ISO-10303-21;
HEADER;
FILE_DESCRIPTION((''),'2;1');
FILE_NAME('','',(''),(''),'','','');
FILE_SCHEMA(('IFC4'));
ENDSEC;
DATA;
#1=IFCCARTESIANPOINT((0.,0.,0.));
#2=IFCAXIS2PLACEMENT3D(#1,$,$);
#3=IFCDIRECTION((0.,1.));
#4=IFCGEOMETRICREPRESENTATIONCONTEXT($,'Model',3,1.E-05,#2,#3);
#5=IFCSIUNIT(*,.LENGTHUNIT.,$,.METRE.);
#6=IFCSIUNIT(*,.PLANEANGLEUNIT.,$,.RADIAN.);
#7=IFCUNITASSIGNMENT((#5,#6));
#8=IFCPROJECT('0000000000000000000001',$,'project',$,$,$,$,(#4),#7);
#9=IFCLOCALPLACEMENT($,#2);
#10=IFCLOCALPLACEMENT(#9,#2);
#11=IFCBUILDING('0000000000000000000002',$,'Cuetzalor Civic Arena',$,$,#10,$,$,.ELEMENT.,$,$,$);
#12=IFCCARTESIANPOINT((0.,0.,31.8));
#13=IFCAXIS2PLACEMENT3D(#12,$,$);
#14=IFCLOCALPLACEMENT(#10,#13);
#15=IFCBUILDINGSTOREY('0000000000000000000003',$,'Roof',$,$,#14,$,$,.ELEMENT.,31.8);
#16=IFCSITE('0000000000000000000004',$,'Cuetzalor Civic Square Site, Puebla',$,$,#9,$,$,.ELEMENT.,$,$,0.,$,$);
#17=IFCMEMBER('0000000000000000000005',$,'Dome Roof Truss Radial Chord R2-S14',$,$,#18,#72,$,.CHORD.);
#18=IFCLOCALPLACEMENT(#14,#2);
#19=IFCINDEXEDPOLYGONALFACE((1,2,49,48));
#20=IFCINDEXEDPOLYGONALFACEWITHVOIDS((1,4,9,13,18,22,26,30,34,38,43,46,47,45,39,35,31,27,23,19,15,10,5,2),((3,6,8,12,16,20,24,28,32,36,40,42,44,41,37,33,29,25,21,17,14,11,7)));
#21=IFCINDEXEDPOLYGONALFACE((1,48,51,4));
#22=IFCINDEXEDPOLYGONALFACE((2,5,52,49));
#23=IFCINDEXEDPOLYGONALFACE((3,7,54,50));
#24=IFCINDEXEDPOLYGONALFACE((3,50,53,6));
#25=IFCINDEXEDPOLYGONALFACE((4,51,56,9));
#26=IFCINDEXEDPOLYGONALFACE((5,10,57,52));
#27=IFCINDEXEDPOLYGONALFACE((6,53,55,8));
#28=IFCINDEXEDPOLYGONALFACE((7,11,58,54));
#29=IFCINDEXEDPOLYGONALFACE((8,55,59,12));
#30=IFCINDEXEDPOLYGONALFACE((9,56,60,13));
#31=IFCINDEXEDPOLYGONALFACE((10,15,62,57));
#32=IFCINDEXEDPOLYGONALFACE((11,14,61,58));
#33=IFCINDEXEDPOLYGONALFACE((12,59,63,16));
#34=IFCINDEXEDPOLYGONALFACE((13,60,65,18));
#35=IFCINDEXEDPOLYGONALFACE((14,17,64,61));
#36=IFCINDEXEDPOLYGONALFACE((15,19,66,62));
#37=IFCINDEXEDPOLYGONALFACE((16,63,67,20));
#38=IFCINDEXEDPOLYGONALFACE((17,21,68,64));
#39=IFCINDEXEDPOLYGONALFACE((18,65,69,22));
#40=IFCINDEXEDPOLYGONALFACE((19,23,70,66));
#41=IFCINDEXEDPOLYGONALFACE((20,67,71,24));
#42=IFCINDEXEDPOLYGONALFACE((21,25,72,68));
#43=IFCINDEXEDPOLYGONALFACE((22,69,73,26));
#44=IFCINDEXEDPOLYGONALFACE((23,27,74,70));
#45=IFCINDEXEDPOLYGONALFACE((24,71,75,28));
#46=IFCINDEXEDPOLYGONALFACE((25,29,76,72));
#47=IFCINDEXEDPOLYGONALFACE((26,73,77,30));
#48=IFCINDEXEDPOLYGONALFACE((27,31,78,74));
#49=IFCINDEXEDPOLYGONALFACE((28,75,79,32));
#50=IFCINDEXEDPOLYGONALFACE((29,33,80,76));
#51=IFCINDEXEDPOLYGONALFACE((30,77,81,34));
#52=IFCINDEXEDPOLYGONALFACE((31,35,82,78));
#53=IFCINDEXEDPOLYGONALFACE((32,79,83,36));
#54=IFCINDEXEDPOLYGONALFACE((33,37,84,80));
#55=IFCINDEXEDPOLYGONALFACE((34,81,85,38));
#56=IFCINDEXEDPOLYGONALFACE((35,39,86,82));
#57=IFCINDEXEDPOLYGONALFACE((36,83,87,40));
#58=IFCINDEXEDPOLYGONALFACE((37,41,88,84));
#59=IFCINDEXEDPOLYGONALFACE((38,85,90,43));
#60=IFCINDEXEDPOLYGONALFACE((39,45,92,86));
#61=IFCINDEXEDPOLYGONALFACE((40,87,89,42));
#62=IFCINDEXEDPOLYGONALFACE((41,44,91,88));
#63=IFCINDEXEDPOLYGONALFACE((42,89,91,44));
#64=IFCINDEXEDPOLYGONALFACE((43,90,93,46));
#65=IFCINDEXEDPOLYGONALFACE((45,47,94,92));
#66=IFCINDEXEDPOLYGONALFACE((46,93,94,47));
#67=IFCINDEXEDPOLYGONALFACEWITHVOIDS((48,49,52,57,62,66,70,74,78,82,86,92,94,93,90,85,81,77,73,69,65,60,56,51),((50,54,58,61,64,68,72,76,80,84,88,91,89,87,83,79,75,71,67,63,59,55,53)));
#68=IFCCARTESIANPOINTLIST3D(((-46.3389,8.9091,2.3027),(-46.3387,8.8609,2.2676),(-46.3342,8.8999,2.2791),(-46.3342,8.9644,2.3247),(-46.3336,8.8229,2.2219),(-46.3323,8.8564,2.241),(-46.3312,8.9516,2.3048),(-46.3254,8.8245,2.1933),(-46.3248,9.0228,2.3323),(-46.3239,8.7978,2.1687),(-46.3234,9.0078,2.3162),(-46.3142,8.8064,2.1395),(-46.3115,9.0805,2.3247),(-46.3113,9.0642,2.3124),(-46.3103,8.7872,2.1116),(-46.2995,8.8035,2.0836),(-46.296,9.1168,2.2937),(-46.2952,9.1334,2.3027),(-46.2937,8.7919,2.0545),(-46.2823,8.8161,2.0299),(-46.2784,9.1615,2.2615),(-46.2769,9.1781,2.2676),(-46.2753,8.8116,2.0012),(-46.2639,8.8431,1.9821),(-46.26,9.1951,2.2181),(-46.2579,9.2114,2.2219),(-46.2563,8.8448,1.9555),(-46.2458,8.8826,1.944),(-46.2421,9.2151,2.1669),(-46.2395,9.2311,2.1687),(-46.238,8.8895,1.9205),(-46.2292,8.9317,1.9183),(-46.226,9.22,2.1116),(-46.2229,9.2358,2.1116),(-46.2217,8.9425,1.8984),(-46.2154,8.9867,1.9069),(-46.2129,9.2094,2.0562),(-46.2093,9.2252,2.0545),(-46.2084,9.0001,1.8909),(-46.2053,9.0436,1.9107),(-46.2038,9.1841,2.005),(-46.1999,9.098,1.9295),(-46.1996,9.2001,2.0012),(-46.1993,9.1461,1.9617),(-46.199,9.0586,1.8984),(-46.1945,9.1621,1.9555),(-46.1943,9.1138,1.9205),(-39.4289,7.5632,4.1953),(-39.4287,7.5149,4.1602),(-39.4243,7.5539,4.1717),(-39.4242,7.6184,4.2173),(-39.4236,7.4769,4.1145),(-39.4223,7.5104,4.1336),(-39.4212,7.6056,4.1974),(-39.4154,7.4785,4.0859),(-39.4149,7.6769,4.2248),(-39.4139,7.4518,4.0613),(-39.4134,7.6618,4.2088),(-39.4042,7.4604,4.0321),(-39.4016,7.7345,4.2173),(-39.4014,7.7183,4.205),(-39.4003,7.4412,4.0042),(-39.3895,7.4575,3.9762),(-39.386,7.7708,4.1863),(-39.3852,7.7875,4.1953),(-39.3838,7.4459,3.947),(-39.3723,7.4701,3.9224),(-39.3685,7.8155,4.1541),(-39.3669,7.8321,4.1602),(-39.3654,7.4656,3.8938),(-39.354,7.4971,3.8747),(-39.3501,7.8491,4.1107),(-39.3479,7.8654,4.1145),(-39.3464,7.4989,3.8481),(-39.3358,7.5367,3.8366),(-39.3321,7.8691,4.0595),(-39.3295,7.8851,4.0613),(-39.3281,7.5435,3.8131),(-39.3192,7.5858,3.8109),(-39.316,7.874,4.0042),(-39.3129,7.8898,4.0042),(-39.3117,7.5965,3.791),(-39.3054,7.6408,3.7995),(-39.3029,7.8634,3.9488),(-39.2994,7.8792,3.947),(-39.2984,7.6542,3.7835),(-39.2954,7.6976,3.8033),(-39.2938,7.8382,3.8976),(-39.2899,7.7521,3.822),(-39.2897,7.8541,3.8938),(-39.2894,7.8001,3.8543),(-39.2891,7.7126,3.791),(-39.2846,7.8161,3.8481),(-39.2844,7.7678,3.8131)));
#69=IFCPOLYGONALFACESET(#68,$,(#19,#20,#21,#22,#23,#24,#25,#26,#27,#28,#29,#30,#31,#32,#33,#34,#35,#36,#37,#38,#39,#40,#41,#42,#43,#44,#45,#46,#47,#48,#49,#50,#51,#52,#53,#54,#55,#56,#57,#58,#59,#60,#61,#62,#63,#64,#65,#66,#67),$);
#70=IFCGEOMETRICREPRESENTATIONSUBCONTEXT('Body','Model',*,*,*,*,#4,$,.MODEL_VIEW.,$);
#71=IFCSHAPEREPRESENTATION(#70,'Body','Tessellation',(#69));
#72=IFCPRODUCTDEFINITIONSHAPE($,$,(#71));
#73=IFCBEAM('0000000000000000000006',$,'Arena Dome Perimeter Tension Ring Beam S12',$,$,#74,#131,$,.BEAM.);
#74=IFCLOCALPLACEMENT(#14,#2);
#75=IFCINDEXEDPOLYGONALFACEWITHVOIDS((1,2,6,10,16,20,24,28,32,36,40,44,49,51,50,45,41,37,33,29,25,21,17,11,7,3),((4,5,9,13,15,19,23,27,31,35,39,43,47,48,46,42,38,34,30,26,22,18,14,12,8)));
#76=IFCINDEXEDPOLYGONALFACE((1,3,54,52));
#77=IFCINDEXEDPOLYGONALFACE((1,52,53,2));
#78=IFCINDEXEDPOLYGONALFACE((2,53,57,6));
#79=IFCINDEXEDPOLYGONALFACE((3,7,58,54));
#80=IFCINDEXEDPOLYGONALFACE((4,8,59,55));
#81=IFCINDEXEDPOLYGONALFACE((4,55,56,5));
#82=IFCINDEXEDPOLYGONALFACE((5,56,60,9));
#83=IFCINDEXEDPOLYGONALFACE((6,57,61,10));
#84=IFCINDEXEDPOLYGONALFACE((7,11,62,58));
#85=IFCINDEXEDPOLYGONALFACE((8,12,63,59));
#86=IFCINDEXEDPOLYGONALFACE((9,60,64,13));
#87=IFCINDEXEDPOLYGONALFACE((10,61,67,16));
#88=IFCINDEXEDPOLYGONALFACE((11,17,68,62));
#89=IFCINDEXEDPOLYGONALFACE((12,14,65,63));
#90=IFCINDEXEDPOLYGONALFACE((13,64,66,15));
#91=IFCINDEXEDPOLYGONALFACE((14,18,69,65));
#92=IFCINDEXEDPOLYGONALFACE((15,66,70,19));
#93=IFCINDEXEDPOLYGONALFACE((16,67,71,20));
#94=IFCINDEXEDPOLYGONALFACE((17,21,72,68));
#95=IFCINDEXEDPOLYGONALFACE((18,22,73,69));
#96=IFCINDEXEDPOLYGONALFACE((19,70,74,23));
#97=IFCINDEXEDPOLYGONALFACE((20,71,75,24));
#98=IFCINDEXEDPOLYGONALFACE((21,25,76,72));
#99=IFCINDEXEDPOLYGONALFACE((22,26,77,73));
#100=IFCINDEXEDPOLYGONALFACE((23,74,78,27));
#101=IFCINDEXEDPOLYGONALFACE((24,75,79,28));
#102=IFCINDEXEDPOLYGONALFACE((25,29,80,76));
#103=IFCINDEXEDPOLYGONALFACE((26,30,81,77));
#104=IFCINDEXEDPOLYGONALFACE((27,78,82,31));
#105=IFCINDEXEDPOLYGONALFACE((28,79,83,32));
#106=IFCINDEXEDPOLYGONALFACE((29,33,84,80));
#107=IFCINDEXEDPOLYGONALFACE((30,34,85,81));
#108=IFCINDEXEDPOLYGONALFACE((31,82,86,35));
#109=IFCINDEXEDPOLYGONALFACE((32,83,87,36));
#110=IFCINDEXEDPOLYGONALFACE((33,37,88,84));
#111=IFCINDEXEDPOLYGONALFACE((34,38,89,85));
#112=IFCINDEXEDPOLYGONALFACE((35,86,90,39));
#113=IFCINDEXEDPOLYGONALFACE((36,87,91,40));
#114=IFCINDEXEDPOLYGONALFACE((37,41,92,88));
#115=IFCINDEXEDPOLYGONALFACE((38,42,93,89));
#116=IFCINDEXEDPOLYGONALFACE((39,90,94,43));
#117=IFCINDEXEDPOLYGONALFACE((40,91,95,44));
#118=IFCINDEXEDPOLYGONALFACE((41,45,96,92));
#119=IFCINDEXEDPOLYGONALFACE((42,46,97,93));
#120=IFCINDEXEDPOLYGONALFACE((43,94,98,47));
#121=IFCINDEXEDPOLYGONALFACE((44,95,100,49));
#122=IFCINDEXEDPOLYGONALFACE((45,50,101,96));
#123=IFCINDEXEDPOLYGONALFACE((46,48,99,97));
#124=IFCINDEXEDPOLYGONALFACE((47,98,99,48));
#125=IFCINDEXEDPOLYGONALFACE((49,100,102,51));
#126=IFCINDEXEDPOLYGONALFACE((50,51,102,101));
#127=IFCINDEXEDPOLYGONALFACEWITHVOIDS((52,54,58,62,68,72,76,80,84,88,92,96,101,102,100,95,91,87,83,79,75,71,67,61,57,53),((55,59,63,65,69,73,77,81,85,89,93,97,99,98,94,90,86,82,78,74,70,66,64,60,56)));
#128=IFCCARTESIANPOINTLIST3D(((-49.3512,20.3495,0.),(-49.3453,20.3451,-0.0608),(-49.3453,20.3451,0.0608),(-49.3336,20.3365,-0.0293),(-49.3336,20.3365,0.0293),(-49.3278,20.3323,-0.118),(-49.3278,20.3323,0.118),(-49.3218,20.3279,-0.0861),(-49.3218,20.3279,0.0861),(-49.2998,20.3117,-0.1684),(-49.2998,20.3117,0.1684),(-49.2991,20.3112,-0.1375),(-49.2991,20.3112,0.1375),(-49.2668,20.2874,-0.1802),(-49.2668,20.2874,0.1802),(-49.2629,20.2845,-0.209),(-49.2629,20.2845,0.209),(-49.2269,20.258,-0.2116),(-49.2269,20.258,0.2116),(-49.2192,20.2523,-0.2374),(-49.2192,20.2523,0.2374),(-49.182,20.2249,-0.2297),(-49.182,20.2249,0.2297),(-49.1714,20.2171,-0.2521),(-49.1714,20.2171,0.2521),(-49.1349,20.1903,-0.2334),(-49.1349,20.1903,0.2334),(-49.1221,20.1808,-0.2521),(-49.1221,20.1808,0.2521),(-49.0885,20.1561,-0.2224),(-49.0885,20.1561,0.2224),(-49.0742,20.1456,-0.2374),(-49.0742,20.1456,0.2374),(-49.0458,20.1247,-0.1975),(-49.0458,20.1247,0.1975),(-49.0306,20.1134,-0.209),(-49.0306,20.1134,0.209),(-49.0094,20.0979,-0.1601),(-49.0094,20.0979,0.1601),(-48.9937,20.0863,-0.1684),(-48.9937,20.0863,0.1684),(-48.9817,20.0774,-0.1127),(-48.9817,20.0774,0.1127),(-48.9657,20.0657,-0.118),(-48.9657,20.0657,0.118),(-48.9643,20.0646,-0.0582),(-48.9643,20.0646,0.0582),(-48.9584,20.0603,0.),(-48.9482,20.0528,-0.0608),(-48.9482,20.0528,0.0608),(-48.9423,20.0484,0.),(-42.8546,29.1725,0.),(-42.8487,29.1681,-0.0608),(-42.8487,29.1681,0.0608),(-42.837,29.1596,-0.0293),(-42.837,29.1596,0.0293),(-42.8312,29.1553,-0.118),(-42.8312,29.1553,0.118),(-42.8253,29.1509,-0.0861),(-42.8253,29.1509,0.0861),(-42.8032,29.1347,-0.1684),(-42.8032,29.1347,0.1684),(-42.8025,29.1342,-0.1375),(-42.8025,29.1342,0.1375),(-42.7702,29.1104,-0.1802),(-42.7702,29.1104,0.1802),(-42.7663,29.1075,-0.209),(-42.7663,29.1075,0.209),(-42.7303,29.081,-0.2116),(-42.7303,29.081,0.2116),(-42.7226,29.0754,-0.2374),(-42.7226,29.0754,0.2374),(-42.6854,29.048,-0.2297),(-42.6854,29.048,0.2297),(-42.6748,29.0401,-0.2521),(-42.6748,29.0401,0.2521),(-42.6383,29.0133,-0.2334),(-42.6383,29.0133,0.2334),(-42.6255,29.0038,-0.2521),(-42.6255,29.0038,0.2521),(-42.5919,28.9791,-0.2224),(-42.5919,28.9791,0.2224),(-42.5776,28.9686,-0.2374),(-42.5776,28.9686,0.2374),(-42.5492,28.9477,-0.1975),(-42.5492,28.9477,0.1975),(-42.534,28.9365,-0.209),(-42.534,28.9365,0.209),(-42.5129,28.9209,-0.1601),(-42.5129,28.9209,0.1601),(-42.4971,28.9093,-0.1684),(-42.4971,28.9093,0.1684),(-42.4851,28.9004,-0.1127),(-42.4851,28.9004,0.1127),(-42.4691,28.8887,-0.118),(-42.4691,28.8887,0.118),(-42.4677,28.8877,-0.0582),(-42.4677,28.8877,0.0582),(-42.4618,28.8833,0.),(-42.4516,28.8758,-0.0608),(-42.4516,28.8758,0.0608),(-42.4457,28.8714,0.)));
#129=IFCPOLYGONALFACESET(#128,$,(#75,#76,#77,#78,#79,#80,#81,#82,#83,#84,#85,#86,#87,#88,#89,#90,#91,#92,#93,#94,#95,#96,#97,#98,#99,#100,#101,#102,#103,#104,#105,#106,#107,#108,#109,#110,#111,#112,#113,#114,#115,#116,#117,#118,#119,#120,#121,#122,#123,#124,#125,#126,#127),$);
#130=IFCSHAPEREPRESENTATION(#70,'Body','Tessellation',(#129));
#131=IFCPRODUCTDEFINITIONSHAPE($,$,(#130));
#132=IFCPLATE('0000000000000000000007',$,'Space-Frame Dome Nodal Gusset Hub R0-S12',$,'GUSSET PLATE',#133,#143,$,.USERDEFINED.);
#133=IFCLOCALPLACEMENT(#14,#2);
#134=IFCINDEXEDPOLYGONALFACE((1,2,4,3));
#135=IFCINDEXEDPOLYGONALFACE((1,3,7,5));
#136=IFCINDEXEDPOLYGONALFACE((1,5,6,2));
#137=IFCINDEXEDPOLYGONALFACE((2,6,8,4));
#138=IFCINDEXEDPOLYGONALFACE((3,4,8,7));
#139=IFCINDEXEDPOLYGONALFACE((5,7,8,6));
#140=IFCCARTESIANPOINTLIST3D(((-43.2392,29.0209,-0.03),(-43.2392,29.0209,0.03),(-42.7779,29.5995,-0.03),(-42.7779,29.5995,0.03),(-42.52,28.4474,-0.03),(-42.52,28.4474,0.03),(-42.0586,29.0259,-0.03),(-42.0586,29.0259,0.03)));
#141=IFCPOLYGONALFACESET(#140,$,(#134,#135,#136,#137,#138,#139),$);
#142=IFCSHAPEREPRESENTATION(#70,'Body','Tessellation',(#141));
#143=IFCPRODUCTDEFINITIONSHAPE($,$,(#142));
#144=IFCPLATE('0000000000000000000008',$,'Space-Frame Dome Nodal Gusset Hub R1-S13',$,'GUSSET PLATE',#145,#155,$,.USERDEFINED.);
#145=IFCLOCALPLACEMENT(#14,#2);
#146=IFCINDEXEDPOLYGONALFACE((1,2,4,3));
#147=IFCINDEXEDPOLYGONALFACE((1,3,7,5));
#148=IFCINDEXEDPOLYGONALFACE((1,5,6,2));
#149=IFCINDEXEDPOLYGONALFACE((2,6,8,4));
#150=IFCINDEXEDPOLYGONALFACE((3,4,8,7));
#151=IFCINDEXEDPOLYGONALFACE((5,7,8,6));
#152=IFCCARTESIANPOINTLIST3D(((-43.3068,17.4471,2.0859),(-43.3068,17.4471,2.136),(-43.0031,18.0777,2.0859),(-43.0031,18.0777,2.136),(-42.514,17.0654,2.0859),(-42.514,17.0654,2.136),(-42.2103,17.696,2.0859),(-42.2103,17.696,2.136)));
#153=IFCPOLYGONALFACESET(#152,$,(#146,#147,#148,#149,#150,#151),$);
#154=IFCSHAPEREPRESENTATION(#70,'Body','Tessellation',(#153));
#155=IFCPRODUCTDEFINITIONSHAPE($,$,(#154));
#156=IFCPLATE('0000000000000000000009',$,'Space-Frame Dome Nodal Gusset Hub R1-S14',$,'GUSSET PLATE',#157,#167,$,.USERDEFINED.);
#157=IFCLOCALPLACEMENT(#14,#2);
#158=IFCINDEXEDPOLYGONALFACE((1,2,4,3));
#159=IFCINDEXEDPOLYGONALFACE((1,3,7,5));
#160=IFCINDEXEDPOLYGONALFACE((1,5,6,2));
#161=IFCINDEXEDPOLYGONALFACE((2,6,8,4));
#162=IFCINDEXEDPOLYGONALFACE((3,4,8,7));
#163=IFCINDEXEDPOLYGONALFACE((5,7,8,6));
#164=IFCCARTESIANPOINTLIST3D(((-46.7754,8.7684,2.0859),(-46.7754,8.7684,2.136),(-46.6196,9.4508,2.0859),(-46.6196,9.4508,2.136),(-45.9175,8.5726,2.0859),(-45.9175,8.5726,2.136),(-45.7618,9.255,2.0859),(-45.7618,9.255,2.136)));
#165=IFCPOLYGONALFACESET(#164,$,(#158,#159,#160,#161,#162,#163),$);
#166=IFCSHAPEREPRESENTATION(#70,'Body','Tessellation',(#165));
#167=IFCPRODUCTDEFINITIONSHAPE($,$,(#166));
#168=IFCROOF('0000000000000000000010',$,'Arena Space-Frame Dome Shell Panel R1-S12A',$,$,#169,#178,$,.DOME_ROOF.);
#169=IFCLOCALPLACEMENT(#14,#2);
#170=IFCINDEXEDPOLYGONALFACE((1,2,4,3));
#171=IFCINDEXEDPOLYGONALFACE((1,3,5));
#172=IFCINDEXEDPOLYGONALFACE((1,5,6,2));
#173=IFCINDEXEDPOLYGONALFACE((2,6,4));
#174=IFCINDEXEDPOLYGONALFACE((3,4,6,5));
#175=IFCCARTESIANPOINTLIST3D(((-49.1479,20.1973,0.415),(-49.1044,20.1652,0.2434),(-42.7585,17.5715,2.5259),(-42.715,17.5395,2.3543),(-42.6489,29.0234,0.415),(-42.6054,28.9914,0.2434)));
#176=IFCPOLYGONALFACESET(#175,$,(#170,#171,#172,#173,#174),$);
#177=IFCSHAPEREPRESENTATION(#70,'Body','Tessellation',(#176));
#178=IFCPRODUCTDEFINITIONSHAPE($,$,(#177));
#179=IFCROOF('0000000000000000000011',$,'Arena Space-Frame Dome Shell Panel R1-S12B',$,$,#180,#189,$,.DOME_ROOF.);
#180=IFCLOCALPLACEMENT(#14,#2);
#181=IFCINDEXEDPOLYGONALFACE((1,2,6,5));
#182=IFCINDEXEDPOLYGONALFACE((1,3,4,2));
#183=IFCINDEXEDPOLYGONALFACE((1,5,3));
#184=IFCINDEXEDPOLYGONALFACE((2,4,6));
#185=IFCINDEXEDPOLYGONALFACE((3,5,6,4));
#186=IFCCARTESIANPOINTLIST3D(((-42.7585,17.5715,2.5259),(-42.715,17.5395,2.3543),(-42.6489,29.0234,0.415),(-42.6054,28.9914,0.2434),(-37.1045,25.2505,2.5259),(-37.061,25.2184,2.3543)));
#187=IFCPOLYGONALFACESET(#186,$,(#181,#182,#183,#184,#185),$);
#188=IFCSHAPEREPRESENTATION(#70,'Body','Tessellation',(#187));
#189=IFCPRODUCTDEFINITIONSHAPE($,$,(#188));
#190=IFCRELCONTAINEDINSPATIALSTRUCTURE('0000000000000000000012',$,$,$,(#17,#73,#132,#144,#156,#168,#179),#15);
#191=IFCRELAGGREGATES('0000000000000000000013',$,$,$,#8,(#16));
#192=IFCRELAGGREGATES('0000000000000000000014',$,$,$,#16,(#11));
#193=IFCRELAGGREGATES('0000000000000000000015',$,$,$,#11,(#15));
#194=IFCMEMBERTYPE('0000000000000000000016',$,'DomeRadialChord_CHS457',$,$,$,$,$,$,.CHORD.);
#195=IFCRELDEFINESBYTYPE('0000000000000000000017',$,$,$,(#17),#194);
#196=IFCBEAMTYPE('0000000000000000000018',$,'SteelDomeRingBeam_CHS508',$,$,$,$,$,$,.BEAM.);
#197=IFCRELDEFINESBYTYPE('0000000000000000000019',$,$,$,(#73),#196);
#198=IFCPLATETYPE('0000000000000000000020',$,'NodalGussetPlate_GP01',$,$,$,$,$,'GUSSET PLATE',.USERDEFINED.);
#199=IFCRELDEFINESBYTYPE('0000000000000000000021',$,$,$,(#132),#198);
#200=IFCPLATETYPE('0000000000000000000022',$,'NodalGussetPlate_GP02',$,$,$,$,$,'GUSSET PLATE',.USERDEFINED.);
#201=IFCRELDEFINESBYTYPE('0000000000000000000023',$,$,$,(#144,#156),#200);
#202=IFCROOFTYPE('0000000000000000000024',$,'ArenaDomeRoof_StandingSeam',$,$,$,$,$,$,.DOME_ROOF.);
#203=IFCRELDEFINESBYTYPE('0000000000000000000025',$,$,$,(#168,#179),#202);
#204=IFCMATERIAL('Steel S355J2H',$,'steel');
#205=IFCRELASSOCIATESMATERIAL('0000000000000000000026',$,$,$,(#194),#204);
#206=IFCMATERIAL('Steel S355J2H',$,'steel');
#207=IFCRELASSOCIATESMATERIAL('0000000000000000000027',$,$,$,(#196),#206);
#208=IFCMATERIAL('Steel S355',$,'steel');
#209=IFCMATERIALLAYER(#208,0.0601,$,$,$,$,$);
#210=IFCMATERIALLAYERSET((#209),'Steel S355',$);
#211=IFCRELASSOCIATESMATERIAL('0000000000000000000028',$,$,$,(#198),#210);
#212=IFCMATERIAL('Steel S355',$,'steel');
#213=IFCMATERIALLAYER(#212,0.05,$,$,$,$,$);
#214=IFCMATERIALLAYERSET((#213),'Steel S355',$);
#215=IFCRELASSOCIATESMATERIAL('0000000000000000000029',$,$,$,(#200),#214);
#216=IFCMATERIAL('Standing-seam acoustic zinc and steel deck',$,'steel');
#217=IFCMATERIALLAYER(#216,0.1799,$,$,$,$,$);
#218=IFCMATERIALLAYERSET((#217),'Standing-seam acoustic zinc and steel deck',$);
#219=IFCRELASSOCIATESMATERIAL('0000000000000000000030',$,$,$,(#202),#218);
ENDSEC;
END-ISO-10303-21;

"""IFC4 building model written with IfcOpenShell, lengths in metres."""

from ifc_helpers import new_model, si_unit, direction, frame, origin, origin_2d, place, context, subcontext, project, spatial, polyline, rectangle, hollow_circle, outline, extrude, material, layer, layer_set, material_profile, profile_set, type_object, element, save


model = new_model("IFC4")

# Units and contexts
model_context = context("Model", 3, precision=1e-05, world=origin(), true_north=direction((0.0, 1.0)))
body_context = subcontext(model_context, "Body", "Model", "MODEL_VIEW")
ifc_project = project(units=[si_unit("LENGTHUNIT", "METRE"), si_unit("PLANEANGLEUNIT", "RADIAN")], contexts=[model_context])

# Site, building, storey
site_placement = place(None, origin())
site = spatial("IfcSite", under=ifc_project, at=site_placement, Name="Cuetzalor Civic Square Site, Puebla", CompositionType="ELEMENT", RefElevation=0.0)
building_placement = place(site_placement, origin())
building = spatial("IfcBuilding", under=site, at=building_placement, Name="Cuetzalor Civic Arena", CompositionType="ELEMENT")
storey_placement = place(building_placement, frame((0.0, 0.0, 31.8)))
storey = spatial("IfcBuildingStorey", under=building, at=storey_placement, Name="Roof", CompositionType="ELEMENT", Elevation=31.8)

# Member
ifc_material_1 = material(Name="Steel S355J2H", Category="steel")
ifc_material_profile_1 = material_profile(ifc_material_1, hollow_circle(Radius=0.2285, WallThickness=0.0161, at=origin_2d()), Name="CHS 457x16")
ifc_profile_set_1 = profile_set([ifc_material_profile_1], Name="Steel S355J2H")
member_type_1 = type_object("IfcMemberType", Name="DomeRadialChord_CHS457", PredefinedType="CHORD", material=ifc_profile_set_1)
member_1_placement = place(storey_placement, frame((-46.2666, 9.0115, 2.1116), z_axis=(0.947896, -0.184636, 0.259622), x_axis=(0.191192, 0.981553, 0.0)))
element("IfcMember", 1, at=member_1_placement, inside=storey, type_object=member_type_1, Name="Dome Roof Truss Radial Chord R2-S14", PredefinedType="CHORD", context=body_context, shape_type="SweptSolid", body=[
    extrude(hollow_circle(Radius=0.2285, WallThickness=0.0161, at=origin_2d()), origin(), (0.0, 0.0, 1.0), 7.2898),
])

# Beam
ifc_material_2 = material(Name="Steel S355J2H", Category="steel")
ifc_material_profile_2 = material_profile(ifc_material_2, hollow_circle(Radius=0.2539, WallThickness=0.02, at=origin_2d()), Name="CHS 508x20")
ifc_profile_set_2 = profile_set([ifc_material_profile_2], Name="Steel S355J2H")
beam_type = type_object("IfcBeamType", Name="SteelDomeRingBeam_CHS508", PredefinedType="BEAM", material=ifc_profile_set_2)
beam_placement = place(storey_placement, frame((-42.6501, 29.022, 0.0), z_axis=(-0.592928, -0.805255, 0.0), x_axis=(0.805255, -0.592928, 0.0)))
element("IfcBeam", 2, at=beam_placement, inside=storey, type_object=beam_type, Name="Arena Dome Perimeter Tension Ring Beam S12", PredefinedType="BEAM", context=body_context, shape_type="SweptSolid", body=[
    extrude(hollow_circle(Radius=0.2539, WallThickness=0.02, at=origin_2d()), origin(), (0.0, 0.0, 1.0), 10.9568),
])

# Plates
ifc_material_3 = material(Name="Steel S355", Category="steel")
ifc_layer_1 = layer(ifc_material_3, 0.0601)
ifc_layer_set_1 = layer_set([ifc_layer_1], Name="Steel S355")
plate_type_1 = type_object("IfcPlateType", Name="NodalGussetPlate_GP01", ElementType="GUSSET PLATE", PredefinedType="USERDEFINED", material=ifc_layer_set_1)
plate_placement = place(storey_placement, frame((-42.6489, 29.0234, -0.03), z_axis=(0.0, 0.0, 1.0), x_axis=(-0.781847, 0.62347, 0.0)))
element("IfcPlate", 3, at=plate_placement, inside=storey, type_object=plate_type_1, Name="Space-Frame Dome Nodal Gusset Hub R0-S12", ObjectType="GUSSET PLATE", PredefinedType="USERDEFINED", context=body_context, shape_type="SweptSolid", body=[
    extrude(rectangle(XDim=0.9199, YDim=0.74, at=origin_2d()), origin(), (0.0, 0.0, 1.0), 0.0601),
])
ifc_material_4 = material(Name="Steel S355", Category="steel")
ifc_layer_2 = layer(ifc_material_4, 0.05)
ifc_layer_set_2 = layer_set([ifc_layer_2], Name="Steel S355")
plate_type_2 = type_object("IfcPlateType", Name="NodalGussetPlate_GP02", ElementType="GUSSET PLATE", PredefinedType="USERDEFINED", material=ifc_layer_set_2)
for number, where, z_axis, x_axis, name in (
    (4, (-42.7585, 17.5715, 2.0859), (0.0, 0.0, 1.0), (-0.901001, 0.433816, 0.0), "Space-Frame Dome Nodal Gusset Hub R1-S13"),
    (5, (-46.2686, 9.0117, 2.0859), (0.0, 0.0, 1.0), (-0.974917, 0.22257, 0.0), "Space-Frame Dome Nodal Gusset Hub R1-S14"),
):
    element("IfcPlate", number, at=place(storey_placement, frame(where, z_axis=z_axis, x_axis=x_axis)), inside=storey, type_object=plate_type_2, Name=name, ObjectType="GUSSET PLATE", PredefinedType="USERDEFINED", context=body_context, shape_type="SweptSolid", body=[
        extrude(rectangle(XDim=0.8799, YDim=0.7, at=origin_2d()), origin(), (0.0, 0.0, 1.0), 0.05),
    ])

# Roofs
ifc_material_5 = material(Name="Standing-seam acoustic zinc and steel deck", Category="steel")
ifc_layer_3 = layer(ifc_material_5, 0.1799)
ifc_layer_set_3 = layer_set([ifc_layer_3], Name="Standing-seam acoustic zinc and steel deck")
roof_type = type_object("IfcRoofType", Name="ArenaDomeRoof_StandingSeam", PredefinedType="DOME_ROOF", material=ifc_layer_set_3)
roof_1_placement = place(storey_placement, frame((-42.6489, 29.0234, 0.415), z_axis=(-0.241906, 0.178124, 0.95381), x_axis=(-0.592935, -0.805251, 0.0)))
element("IfcRoof", 6, at=roof_1_placement, inside=storey, type_object=roof_type, Name="Arena Space-Frame Dome Shell Panel R1-S12A", PredefinedType="DOME_ROOF", context=body_context, shape_type="SweptSolid", body=[
    extrude(outline(polyline([(0.0, 0.0), (10.9608, 0.0), (9.2867, 7.0265), (0.0, 0.0)])), origin(), (0.0, 0.0, -1.0), 0.1799),
])
roof_2_placement = place(storey_placement, frame((-42.6489, 29.0234, 0.415), z_axis=(-0.241915, 0.178124, 0.953808), x_axis=(-0.009413, -0.98339, 0.181261)))
element("IfcRoof", 7, at=roof_2_placement, inside=storey, type_object=roof_type, Name="Arena Space-Frame Dome Shell Panel R1-S12B", PredefinedType="DOME_ROOF", context=body_context, shape_type="SweptSolid", body=[
    extrude(outline(polyline([(0.0, 0.0), (11.6453, 0.0), (4.0407, 5.7536), (0.0, 0.0)])), origin(), (0.0, 0.0, -1.0), 0.1799),
])

save(model, "model.ifc")
